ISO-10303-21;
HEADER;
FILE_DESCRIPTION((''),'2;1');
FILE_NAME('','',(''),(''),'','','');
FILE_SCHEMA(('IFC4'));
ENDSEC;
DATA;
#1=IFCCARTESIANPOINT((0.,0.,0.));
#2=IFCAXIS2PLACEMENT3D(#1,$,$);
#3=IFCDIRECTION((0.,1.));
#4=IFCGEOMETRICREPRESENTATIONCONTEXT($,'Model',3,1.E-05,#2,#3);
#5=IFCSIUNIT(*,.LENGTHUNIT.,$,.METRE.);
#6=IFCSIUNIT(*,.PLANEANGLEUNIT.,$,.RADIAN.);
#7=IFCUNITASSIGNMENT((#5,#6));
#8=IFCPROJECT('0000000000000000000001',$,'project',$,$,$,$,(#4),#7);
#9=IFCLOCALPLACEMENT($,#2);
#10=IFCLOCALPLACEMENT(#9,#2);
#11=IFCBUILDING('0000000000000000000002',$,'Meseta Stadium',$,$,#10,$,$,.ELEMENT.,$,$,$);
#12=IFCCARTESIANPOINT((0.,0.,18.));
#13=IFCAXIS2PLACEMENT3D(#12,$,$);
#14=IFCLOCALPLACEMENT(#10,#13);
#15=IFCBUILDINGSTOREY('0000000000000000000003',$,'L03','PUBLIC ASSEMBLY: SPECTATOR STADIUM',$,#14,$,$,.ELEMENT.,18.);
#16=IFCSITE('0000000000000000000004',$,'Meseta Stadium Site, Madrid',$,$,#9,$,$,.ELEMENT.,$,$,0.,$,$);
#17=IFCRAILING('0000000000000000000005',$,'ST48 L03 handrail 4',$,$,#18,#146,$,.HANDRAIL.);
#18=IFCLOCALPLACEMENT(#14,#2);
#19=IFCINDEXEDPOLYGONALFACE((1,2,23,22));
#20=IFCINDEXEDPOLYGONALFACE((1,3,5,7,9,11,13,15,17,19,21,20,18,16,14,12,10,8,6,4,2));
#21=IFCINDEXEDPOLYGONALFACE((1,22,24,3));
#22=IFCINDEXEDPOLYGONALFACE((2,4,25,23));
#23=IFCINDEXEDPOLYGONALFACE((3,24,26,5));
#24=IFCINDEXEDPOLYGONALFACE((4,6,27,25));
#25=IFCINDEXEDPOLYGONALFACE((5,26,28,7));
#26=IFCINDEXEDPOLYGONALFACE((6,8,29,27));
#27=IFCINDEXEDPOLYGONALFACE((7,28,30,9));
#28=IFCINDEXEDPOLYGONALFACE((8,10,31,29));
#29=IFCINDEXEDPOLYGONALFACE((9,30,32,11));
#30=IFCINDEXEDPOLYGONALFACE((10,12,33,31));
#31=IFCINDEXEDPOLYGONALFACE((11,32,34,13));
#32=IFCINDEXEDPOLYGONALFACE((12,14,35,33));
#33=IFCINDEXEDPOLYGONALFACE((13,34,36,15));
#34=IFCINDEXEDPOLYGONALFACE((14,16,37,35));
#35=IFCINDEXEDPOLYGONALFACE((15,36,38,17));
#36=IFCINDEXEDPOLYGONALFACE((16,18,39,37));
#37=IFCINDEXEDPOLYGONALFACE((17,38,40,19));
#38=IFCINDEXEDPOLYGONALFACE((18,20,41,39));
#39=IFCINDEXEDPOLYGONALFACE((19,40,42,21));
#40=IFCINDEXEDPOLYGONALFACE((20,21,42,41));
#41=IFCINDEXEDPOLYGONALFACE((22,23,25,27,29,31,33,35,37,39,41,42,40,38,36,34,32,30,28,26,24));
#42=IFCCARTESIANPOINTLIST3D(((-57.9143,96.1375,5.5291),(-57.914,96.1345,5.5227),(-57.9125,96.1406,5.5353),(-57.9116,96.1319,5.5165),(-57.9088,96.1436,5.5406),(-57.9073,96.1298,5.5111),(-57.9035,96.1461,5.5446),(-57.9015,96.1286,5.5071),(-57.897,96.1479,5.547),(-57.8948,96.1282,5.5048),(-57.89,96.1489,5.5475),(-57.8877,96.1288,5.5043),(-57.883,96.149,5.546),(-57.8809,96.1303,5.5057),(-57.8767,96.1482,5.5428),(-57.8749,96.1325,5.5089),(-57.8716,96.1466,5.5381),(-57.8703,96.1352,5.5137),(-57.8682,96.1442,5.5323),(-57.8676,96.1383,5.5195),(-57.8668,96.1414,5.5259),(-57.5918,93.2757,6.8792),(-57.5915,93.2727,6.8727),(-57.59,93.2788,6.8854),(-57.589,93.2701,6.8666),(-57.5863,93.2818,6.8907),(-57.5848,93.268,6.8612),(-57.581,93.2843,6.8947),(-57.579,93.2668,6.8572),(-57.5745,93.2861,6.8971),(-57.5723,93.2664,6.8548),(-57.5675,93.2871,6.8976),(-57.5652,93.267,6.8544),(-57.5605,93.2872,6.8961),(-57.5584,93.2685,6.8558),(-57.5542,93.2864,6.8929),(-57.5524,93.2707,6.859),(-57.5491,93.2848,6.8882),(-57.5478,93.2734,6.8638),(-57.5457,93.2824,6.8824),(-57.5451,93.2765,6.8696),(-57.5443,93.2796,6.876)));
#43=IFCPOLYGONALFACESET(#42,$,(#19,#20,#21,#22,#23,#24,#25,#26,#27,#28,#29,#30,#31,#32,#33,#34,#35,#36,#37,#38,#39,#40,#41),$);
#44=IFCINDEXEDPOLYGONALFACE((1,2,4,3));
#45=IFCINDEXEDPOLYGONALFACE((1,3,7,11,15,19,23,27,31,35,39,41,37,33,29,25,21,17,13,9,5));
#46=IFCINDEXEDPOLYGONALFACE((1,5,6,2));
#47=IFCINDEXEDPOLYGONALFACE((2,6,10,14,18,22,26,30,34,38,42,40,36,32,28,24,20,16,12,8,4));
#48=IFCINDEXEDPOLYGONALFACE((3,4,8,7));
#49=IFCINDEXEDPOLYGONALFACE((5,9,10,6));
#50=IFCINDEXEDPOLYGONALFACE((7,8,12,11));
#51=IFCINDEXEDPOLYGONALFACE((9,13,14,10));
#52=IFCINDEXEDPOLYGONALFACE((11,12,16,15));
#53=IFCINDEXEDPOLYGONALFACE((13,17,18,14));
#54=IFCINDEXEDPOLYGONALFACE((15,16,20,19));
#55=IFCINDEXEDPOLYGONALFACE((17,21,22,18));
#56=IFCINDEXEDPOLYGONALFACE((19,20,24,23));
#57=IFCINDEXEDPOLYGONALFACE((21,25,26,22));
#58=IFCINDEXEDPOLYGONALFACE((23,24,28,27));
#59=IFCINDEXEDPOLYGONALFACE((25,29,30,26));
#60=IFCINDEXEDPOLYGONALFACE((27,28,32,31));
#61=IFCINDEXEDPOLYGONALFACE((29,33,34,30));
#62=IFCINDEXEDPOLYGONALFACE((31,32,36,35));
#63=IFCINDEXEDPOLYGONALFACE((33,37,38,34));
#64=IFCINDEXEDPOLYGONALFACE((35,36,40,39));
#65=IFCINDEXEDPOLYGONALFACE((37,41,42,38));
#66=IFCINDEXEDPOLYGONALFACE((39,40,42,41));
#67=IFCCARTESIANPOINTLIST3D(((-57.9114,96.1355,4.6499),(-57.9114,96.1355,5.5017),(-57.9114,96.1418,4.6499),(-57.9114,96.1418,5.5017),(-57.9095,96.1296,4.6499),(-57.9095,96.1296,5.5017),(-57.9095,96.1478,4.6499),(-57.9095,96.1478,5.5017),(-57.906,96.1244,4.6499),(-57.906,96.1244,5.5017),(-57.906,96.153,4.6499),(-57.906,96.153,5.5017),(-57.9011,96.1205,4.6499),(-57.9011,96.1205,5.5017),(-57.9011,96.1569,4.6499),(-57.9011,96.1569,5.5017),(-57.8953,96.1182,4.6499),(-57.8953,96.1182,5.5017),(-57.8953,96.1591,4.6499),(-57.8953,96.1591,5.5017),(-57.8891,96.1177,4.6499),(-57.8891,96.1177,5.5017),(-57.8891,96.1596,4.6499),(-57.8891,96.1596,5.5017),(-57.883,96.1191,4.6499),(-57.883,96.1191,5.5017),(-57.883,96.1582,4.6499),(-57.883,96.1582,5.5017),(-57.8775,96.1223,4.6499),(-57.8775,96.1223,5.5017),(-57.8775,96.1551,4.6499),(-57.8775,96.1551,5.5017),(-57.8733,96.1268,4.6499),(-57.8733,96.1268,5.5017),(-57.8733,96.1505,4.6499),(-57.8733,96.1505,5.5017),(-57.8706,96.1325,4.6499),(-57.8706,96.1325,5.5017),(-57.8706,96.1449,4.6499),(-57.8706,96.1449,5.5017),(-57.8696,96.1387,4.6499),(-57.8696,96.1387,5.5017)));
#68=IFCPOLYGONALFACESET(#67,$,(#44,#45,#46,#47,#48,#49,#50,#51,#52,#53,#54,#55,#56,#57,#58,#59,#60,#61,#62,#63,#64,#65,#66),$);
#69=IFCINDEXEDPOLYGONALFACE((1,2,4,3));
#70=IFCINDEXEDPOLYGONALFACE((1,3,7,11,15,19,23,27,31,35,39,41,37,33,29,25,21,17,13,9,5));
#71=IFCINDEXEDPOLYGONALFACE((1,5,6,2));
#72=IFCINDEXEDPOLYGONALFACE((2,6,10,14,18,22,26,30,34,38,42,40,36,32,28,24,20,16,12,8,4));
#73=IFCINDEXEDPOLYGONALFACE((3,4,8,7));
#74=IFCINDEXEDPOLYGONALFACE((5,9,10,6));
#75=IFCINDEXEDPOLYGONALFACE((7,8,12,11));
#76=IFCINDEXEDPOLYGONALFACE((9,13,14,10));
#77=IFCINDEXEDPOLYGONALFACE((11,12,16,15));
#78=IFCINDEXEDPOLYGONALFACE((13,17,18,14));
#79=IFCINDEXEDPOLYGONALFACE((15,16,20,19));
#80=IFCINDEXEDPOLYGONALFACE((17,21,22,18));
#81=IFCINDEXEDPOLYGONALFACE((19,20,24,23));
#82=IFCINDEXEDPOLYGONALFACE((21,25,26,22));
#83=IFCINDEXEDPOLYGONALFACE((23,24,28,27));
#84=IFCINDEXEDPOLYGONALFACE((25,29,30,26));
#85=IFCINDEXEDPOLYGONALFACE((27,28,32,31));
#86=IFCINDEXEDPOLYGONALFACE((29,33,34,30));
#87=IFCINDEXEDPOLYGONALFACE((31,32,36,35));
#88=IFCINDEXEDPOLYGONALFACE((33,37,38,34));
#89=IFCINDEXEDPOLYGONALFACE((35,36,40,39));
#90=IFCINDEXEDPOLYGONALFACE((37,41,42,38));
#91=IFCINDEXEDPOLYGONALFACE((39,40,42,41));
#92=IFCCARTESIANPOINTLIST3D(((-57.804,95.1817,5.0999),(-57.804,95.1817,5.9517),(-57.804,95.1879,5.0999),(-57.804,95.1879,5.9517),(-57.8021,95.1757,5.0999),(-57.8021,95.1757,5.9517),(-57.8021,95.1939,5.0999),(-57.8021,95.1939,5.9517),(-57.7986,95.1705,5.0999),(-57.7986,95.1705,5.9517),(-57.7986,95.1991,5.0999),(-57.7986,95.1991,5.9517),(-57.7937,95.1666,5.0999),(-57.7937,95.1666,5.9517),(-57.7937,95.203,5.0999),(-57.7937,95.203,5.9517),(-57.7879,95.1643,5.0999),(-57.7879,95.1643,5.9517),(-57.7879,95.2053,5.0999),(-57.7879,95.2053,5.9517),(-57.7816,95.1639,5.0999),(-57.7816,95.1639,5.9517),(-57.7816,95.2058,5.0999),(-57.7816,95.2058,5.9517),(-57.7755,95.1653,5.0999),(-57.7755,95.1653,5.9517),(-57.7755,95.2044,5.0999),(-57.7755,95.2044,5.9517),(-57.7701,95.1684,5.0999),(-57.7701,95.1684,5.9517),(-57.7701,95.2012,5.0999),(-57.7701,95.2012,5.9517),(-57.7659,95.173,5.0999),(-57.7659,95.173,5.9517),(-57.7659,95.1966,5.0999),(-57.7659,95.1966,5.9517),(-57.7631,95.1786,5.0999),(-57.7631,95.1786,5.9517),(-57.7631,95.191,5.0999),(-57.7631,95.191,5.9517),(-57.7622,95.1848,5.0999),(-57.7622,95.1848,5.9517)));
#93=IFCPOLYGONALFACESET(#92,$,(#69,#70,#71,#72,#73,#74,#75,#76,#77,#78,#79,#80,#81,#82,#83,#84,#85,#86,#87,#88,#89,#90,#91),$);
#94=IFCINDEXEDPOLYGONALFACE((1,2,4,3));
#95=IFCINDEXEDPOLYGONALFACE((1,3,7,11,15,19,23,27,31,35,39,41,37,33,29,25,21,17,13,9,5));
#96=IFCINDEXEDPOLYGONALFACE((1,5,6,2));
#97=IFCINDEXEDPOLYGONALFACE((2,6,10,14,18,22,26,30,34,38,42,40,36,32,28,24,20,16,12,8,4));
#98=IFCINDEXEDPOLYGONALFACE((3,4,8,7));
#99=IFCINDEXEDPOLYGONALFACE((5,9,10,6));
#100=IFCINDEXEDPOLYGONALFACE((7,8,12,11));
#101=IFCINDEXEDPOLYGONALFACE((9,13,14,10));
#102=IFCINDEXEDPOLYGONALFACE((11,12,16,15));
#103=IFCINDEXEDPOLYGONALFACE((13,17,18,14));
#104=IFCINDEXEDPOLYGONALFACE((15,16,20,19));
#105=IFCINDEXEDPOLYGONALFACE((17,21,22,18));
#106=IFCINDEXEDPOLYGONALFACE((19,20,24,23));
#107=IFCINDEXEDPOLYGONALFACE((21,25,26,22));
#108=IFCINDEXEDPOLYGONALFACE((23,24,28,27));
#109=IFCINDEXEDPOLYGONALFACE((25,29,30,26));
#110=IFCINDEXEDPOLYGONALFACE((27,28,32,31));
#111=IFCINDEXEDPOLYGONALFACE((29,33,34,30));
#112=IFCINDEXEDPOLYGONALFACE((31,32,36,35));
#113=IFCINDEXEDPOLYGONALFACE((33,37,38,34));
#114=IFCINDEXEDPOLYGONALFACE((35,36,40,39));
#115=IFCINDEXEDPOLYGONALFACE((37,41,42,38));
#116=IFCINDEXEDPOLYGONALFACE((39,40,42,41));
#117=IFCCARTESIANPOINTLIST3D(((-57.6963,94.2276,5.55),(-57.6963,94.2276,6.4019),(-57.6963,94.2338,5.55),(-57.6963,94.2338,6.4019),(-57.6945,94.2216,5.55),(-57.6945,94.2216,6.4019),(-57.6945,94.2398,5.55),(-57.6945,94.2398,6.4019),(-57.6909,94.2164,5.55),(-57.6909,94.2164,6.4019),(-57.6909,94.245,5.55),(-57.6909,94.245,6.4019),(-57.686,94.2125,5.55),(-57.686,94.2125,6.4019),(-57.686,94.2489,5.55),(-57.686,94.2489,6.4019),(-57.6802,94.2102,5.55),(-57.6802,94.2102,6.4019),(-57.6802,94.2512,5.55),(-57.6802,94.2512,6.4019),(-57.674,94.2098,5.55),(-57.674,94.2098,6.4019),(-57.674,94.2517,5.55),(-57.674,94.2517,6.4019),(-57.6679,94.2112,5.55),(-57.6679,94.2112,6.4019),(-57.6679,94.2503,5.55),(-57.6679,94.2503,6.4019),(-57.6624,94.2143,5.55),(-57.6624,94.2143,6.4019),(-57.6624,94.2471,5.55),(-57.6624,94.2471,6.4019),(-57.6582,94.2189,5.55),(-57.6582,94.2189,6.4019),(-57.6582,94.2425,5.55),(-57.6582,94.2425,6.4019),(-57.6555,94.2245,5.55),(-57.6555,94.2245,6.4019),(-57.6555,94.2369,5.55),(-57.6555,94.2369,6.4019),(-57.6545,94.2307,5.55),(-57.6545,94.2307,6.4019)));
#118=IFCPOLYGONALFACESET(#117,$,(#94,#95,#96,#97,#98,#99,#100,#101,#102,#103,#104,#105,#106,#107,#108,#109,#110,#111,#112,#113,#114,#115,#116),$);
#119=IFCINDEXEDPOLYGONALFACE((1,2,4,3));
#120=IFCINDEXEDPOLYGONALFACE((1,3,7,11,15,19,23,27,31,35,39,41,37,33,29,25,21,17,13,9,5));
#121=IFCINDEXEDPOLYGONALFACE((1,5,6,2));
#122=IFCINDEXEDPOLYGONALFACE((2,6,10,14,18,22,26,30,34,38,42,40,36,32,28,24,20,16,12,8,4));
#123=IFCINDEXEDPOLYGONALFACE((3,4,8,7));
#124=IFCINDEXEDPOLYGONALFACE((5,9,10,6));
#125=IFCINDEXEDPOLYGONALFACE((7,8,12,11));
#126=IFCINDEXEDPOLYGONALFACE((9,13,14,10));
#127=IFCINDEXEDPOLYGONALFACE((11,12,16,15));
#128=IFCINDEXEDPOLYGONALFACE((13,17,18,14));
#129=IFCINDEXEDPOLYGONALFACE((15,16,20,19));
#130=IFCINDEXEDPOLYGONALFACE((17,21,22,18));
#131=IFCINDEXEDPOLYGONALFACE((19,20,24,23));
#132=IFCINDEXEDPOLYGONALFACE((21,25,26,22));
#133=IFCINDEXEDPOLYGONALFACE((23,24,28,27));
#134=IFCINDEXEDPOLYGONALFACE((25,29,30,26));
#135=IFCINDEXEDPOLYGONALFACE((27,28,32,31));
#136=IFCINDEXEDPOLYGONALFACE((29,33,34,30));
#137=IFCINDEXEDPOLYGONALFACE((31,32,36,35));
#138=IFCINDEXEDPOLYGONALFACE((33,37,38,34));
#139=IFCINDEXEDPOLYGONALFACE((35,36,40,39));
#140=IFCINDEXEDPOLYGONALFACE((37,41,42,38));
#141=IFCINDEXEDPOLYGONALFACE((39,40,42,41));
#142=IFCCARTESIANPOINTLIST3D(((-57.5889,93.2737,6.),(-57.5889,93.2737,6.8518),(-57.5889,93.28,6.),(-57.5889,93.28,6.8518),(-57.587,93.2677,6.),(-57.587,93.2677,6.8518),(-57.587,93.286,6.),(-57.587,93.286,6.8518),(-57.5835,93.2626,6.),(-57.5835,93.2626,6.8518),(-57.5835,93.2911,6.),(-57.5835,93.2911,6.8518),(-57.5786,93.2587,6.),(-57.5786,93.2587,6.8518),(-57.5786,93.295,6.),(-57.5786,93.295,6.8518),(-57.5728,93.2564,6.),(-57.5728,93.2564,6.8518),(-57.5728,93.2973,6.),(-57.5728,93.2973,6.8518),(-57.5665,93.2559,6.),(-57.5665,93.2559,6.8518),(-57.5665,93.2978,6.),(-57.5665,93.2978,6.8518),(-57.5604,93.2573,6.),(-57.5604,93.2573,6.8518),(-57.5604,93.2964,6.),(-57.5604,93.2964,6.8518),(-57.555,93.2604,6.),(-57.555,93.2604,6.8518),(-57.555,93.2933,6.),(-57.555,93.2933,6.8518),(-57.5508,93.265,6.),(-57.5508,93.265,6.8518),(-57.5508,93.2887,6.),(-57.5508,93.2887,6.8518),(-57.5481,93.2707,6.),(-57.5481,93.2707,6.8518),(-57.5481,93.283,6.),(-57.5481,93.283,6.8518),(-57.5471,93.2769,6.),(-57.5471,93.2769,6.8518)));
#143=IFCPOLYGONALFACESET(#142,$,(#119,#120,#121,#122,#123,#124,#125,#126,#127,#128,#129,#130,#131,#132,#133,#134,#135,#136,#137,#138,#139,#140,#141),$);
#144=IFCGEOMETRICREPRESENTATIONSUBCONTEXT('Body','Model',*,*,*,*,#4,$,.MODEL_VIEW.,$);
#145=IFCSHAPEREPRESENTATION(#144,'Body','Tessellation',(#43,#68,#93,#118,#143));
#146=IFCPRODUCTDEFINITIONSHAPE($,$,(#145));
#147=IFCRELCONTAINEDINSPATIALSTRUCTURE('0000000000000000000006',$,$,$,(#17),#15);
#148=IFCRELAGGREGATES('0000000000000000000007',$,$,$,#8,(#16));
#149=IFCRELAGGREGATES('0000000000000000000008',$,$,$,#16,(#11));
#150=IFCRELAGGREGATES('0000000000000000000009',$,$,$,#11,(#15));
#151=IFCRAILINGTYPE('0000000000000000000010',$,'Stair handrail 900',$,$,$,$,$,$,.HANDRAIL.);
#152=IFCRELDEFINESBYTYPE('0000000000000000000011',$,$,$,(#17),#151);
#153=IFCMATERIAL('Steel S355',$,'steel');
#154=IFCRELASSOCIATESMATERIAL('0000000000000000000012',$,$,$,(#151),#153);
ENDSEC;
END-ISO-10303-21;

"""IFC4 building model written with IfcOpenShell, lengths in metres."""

from ifc_helpers import new_model, si_unit, direction, frame, origin, origin_2d, place, context, subcontext, project, spatial, circle, extrude, material, type_object, element, save


model = new_model("IFC4")

# Units and contexts
model_context = context("Model", 3, precision=1e-05, world=origin(), true_north=direction((0.0, 1.0)))
body_context = subcontext(model_context, "Body", "Model", "MODEL_VIEW")
ifc_project = project(units=[si_unit("LENGTHUNIT", "METRE"), si_unit("PLANEANGLEUNIT", "RADIAN")], contexts=[model_context])

# Site, building, storey
site_placement = place(None, origin())
site = spatial("IfcSite", under=ifc_project, at=site_placement, Name="Meseta Stadium Site, Madrid", CompositionType="ELEMENT", RefElevation=0.0)
building_placement = place(site_placement, origin())
building = spatial("IfcBuilding", under=site, at=building_placement, Name="Meseta Stadium", CompositionType="ELEMENT")
storey_placement = place(building_placement, frame((0.0, 0.0, 18.0)))
storey = spatial("IfcBuildingStorey", under=building, at=storey_placement, Name="L03", Description="PUBLIC ASSEMBLY: SPECTATOR STADIUM", CompositionType="ELEMENT", Elevation=18.0)

# Railing
ifc_material_1 = material(Name="Steel S355", Category="steel")
railing_type_1 = type_object("IfcRailingType", Name="Stair handrail 900", PredefinedType="HANDRAIL", material=ifc_material_1)
for number, where, name in (
    (1, (-57.8906, 96.1387, 4.6499), "ST48 L03 handrail 4"),
):
    element("IfcRailing", number, at=place(storey_placement, frame(where)), inside=storey, type_object=railing_type_1, Name=name, PredefinedType="HANDRAIL", context=body_context, shape_type="SweptSolid", body=[
        extrude(circle(Radius=0.0239, at=origin_2d()), frame((0.0, 0.0, 0.876), z_axis=(0.101396, -0.899748, 0.424467), x_axis=(0.99371, 0.111985, 0.0)), (0.0, 0.0, 1.0), 3.1807),
        extrude(circle(Radius=0.021, at=origin_2d()), origin(), (0.0, 0.0, 1.0), 0.8518),
        extrude(circle(Radius=0.021, at=origin_2d()), frame((0.1074, -0.9539, 0.45)), (0.0, 0.0, 1.0), 0.8518),
        extrude(circle(Radius=0.021, at=origin_2d()), frame((0.2151, -1.908, 0.9001)), (0.0, 0.0, 1.0), 0.8518),
        extrude(circle(Radius=0.021, at=origin_2d()), frame((0.3225, -2.8618, 1.3501)), (0.0, 0.0, 1.0), 0.8518),
    ])

save(model, "model.ifc")
